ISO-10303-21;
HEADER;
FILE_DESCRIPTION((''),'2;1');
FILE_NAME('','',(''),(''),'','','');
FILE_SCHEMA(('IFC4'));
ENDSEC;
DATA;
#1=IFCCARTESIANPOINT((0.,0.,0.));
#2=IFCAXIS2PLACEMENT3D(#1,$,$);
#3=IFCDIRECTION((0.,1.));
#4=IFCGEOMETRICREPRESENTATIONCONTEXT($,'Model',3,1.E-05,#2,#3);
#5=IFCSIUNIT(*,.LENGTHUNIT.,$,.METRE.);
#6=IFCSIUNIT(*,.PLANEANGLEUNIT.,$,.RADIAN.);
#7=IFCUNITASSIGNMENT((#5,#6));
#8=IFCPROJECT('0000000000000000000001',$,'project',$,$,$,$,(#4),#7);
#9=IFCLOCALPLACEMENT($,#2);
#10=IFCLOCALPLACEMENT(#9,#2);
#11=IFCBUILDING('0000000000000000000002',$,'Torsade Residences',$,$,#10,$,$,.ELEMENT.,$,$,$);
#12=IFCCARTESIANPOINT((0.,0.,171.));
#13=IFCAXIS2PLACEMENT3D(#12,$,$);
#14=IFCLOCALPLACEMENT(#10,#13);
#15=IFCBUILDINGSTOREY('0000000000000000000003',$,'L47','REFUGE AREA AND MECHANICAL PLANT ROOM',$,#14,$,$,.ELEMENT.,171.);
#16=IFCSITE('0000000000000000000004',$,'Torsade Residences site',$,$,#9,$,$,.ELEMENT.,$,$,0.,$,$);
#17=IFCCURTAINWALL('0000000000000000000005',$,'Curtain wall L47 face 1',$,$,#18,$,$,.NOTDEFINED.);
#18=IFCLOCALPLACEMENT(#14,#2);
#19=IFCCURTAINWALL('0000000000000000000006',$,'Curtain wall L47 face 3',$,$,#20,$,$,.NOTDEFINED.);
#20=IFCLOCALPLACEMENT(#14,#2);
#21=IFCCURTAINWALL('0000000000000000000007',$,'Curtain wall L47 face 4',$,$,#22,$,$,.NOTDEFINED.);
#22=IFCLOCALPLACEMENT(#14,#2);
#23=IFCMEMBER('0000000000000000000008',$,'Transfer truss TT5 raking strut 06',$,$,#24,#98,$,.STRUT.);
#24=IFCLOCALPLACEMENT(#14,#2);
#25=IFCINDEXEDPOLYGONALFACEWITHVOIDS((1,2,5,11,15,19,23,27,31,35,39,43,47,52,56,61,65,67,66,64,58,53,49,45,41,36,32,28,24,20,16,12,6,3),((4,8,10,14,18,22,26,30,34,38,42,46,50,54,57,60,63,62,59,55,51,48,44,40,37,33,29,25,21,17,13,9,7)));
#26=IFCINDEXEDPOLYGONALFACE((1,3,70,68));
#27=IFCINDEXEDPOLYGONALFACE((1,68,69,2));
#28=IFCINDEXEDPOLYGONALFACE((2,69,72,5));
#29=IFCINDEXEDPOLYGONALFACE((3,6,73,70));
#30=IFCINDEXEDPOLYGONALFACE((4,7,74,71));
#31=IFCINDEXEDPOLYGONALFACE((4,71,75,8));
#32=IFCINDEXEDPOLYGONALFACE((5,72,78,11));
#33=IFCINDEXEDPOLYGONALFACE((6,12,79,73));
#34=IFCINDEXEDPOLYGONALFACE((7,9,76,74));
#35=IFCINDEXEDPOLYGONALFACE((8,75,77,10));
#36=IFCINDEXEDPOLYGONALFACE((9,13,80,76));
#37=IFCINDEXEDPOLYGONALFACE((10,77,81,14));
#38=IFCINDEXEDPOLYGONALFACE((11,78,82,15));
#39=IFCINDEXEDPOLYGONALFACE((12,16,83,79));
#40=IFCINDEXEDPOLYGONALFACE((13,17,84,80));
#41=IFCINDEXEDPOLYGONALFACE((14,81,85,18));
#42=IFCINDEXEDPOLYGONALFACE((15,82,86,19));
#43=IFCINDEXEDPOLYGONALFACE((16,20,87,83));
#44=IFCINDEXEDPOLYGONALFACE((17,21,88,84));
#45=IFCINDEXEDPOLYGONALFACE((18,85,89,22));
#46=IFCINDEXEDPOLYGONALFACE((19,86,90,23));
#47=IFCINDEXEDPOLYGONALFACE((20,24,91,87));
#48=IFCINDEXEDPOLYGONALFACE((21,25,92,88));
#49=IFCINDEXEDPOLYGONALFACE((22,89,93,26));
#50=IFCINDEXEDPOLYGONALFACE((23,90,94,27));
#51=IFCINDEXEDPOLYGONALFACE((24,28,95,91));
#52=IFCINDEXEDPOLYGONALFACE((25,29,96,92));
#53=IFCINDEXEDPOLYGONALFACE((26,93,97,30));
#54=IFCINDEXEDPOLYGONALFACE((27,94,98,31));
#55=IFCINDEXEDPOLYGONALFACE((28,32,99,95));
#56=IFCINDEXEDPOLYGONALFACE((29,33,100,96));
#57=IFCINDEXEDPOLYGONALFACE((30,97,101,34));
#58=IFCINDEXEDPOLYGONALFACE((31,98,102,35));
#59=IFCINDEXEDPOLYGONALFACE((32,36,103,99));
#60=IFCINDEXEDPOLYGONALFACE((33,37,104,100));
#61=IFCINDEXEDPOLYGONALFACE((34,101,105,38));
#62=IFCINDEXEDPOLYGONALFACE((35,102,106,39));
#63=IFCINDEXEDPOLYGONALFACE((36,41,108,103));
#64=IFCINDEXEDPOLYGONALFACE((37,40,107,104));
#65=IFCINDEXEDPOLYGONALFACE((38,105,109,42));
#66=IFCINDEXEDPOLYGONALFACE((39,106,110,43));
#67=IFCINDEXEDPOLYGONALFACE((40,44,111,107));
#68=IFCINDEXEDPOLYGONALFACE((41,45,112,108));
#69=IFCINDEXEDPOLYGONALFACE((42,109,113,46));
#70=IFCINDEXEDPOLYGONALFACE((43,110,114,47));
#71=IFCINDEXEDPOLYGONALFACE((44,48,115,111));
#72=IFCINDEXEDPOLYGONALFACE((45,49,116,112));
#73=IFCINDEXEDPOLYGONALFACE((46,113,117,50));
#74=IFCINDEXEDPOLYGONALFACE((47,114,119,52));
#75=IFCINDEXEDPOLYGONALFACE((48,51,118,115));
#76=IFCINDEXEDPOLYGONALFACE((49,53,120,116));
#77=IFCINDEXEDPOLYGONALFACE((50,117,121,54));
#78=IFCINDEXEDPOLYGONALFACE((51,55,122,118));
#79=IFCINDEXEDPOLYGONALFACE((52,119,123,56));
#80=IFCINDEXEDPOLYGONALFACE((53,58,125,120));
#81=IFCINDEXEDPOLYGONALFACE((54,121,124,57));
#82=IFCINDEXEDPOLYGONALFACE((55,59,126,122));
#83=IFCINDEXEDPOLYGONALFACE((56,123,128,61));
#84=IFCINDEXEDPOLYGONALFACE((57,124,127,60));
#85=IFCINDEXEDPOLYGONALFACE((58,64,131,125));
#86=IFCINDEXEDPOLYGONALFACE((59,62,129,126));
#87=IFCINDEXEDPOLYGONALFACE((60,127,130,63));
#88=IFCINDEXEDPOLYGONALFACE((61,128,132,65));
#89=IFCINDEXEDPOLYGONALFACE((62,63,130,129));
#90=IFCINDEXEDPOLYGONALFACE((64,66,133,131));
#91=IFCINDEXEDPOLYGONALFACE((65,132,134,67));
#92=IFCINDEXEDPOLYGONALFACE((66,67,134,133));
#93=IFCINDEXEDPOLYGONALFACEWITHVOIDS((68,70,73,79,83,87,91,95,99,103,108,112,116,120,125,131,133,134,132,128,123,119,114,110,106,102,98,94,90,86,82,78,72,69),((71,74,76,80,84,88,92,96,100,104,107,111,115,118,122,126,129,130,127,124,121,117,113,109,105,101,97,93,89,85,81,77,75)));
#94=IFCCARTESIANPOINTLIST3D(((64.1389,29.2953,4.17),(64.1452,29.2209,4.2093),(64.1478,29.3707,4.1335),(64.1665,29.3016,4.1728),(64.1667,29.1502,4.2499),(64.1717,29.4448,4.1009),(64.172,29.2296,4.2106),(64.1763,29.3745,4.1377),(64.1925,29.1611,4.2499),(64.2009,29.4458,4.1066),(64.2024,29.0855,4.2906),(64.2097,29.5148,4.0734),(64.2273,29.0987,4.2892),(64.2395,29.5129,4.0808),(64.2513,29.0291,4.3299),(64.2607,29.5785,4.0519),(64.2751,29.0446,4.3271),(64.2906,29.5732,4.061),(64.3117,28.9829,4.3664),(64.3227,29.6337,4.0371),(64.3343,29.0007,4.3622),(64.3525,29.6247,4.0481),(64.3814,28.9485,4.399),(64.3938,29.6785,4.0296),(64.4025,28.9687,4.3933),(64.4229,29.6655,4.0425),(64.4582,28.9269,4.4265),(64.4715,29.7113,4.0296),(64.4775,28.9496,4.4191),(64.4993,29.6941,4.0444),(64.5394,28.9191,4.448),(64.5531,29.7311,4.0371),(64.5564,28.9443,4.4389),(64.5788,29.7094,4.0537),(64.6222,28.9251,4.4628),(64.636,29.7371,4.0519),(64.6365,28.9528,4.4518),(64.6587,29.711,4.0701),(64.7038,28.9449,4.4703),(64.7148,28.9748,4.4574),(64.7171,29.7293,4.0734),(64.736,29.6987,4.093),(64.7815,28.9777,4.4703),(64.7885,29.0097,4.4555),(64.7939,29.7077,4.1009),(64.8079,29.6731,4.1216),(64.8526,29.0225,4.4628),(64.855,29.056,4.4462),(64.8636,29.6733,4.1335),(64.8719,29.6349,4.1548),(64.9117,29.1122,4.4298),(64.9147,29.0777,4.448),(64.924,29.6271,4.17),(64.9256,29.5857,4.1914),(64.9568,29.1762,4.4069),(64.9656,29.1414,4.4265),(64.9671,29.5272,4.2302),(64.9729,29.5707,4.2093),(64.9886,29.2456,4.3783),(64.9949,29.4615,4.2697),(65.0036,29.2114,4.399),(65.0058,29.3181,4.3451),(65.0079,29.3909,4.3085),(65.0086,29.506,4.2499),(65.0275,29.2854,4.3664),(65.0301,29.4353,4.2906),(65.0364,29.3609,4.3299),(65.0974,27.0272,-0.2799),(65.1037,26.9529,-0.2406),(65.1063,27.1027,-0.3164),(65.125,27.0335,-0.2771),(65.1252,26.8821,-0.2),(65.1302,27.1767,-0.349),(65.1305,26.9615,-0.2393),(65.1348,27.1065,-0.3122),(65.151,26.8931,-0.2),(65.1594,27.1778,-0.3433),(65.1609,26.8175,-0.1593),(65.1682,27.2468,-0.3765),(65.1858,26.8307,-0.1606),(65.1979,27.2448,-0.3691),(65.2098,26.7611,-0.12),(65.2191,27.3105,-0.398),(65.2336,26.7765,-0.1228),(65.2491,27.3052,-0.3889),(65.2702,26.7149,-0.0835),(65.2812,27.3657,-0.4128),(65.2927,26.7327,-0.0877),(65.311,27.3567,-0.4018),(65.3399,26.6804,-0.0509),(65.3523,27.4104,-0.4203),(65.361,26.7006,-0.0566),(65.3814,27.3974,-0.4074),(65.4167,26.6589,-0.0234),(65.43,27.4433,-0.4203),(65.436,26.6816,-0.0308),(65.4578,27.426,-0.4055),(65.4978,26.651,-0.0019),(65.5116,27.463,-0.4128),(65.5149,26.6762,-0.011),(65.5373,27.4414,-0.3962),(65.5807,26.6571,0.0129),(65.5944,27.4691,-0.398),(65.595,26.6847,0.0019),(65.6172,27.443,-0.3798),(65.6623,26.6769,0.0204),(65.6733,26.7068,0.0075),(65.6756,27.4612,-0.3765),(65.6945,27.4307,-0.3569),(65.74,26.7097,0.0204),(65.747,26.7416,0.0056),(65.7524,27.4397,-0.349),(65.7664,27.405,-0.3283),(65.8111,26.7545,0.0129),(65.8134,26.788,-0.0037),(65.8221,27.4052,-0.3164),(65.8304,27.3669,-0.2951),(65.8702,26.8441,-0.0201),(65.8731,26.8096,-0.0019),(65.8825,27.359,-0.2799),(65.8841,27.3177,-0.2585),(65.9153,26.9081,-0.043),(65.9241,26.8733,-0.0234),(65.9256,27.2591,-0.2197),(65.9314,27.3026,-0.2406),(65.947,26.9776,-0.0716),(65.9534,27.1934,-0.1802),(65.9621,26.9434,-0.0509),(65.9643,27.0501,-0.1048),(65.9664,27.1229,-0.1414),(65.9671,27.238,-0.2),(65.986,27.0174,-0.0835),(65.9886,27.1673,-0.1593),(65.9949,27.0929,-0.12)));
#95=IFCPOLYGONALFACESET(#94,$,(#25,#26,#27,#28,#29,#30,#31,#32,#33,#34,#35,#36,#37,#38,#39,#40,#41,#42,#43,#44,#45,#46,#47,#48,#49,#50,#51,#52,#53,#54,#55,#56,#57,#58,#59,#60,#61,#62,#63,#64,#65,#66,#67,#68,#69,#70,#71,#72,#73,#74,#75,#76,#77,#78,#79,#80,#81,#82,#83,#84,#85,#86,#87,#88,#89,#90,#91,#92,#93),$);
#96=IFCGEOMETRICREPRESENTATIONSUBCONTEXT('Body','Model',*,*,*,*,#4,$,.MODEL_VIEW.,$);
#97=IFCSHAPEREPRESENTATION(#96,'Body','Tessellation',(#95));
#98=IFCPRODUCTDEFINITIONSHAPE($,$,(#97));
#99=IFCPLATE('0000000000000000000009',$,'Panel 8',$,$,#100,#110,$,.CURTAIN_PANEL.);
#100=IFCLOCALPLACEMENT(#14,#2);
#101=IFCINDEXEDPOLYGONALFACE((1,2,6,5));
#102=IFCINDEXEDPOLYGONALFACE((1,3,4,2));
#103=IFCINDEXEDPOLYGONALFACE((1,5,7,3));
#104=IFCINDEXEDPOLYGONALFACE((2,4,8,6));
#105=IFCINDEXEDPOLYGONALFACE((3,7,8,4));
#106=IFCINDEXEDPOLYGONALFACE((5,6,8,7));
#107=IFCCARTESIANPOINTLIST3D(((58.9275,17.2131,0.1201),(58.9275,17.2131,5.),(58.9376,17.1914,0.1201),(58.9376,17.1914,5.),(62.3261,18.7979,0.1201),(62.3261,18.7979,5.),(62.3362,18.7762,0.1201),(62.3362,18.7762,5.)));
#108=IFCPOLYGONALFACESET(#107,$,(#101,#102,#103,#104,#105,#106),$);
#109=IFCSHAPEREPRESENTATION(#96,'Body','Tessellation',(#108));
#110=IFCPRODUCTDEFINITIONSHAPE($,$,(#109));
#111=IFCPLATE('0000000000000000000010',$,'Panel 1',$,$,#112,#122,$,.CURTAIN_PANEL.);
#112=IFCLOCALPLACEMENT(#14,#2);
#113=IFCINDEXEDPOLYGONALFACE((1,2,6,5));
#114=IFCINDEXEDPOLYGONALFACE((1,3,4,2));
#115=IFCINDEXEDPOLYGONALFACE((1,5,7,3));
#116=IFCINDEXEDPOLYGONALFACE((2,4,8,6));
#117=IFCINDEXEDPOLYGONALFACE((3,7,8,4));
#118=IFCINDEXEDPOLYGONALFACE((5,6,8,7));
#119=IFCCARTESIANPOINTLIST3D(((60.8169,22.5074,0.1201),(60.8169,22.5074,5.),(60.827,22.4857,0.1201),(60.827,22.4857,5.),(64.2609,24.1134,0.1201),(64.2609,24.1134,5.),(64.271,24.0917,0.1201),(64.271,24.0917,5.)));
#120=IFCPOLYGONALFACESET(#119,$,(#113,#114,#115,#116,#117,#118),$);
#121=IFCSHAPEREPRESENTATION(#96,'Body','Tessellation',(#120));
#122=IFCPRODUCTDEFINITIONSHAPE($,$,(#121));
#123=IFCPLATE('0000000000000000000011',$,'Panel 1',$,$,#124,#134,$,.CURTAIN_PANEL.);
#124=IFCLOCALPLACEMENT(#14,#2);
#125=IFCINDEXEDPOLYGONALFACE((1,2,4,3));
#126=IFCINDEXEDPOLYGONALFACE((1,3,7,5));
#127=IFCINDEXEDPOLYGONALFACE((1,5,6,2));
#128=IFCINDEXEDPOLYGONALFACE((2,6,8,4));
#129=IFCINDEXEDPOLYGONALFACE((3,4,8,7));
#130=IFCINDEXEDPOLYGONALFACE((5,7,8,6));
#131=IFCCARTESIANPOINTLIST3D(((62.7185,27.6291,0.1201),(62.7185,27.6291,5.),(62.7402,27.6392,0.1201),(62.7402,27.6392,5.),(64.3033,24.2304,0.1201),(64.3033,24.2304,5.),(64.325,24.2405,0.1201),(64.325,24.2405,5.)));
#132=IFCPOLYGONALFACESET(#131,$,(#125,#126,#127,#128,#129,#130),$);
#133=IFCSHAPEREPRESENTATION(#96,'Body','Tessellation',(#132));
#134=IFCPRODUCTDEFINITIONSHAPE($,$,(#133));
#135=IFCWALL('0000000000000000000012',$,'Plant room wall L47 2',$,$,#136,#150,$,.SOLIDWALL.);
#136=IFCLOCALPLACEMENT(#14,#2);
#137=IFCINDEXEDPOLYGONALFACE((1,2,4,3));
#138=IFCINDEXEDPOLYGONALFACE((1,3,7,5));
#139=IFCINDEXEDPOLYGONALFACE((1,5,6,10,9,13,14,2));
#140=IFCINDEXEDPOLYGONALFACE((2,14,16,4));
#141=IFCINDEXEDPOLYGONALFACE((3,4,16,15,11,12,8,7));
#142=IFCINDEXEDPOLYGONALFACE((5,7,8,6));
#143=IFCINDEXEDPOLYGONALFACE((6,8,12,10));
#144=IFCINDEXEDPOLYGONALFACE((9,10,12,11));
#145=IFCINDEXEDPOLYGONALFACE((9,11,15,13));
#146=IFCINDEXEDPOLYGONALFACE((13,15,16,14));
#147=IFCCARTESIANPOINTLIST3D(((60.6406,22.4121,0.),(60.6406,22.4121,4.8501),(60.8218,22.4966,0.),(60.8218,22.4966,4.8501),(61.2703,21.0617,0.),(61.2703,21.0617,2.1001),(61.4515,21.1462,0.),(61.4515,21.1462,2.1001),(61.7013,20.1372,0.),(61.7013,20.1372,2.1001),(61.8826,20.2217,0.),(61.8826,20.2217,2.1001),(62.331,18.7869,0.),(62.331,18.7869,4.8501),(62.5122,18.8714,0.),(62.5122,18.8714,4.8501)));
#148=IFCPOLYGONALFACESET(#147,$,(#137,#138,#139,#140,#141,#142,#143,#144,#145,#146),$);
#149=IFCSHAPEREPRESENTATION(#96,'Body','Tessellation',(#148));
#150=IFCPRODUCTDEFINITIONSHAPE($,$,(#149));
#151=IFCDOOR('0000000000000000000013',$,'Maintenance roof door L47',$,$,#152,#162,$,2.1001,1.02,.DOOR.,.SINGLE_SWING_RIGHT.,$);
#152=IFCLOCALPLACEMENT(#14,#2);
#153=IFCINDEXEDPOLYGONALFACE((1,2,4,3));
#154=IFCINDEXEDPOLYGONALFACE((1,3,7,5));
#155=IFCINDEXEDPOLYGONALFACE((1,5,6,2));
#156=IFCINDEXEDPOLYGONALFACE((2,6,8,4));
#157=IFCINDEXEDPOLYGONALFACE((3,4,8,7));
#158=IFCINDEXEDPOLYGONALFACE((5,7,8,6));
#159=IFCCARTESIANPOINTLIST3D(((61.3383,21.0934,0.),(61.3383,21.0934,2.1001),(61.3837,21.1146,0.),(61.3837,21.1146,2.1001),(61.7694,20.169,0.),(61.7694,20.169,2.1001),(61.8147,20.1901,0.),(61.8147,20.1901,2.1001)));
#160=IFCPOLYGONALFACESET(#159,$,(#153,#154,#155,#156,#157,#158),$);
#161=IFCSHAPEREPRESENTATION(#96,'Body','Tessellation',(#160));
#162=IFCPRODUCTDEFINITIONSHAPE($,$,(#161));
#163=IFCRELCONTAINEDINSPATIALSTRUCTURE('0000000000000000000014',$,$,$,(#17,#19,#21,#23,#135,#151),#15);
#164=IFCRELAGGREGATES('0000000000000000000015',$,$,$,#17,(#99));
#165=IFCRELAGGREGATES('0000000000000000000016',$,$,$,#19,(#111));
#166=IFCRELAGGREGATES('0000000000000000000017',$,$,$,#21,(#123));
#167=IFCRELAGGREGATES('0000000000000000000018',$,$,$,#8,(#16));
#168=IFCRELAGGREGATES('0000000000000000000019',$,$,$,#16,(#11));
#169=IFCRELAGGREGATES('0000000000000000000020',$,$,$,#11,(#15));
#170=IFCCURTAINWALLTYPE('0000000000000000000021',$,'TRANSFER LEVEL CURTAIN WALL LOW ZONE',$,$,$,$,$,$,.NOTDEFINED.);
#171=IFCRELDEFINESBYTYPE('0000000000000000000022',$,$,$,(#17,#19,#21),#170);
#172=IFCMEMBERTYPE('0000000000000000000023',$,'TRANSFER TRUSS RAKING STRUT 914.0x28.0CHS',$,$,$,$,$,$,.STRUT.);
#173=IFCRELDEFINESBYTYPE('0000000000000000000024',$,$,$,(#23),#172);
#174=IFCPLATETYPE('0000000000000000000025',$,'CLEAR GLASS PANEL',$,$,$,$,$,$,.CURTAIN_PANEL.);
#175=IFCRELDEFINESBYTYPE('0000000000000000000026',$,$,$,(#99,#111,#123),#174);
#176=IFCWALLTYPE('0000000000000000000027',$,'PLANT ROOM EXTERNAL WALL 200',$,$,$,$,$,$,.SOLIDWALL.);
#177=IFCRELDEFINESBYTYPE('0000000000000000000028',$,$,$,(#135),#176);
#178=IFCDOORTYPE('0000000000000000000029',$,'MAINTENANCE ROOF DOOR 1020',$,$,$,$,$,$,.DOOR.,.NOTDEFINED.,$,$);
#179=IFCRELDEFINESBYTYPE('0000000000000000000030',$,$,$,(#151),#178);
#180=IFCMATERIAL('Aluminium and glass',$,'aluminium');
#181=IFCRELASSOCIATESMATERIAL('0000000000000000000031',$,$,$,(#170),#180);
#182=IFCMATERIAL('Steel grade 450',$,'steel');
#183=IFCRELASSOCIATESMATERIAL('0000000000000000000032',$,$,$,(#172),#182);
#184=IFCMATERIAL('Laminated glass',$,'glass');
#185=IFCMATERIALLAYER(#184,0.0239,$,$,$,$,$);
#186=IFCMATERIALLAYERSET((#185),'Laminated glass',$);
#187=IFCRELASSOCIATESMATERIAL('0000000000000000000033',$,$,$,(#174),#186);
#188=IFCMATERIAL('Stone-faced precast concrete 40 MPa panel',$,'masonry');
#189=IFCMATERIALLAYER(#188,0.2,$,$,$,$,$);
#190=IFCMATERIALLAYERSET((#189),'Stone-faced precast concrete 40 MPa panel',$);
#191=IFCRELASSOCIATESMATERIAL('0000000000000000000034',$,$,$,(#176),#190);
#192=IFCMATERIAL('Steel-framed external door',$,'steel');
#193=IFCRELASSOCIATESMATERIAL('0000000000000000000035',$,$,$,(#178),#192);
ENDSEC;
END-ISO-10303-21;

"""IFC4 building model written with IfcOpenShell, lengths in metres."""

from ifc_helpers import new_model, si_unit, direction, frame, frame_2d, origin, origin_2d, place, context, subcontext, project, spatial, rectangle, hollow_circle, extrude, material, layer, layer_set, material_profile, profile_set, type_object, element, fill, aggregate, save


model = new_model("IFC4")

# Units and contexts
model_context = context("Model", 3, precision=1e-05, world=origin(), true_north=direction((0.0, 1.0)))
body_context = subcontext(model_context, "Body", "Model", "MODEL_VIEW")
ifc_project = project(units=[si_unit("LENGTHUNIT", "METRE"), si_unit("PLANEANGLEUNIT", "RADIAN")], contexts=[model_context])

# Site, building, storey
site_placement = place(None, origin())
site = spatial("IfcSite", under=ifc_project, at=site_placement, Name="Torsade Residences site", CompositionType="ELEMENT", RefElevation=0.0)
building_placement = place(site_placement, origin())
building = spatial("IfcBuilding", under=site, at=building_placement, Name="Torsade Residences", CompositionType="ELEMENT")
storey_placement = place(building_placement, frame((0.0, 0.0, 171.0)))
storey = spatial("IfcBuildingStorey", under=building, at=storey_placement, Name="L47", Description="REFUGE AREA AND MECHANICAL PLANT ROOM", CompositionType="ELEMENT", Elevation=171.0)

# Curtain wall
ifc_material_1 = material(Name="Aluminium and glass", Category="aluminium")
curtain_wall_type = type_object("IfcCurtainWallType", Name="TRANSFER LEVEL CURTAIN WALL LOW ZONE", PredefinedType="NOTDEFINED", material=ifc_material_1)
curtain_wall_1_placement = place(storey_placement, origin())
curtain_wall_1 = element("IfcCurtainWall", 1, at=curtain_wall_1_placement, inside=storey, type_object=curtain_wall_type, Name="Curtain wall L47 face 1", PredefinedType="NOTDEFINED")

# Curtain walls
curtain_wall_2_placement = place(storey_placement, origin())
curtain_wall_2 = element("IfcCurtainWall", 2, at=curtain_wall_2_placement, inside=storey, type_object=curtain_wall_type, Name="Curtain wall L47 face 3", PredefinedType="NOTDEFINED")
curtain_wall_3_placement = place(storey_placement, origin())
curtain_wall_3 = element("IfcCurtainWall", 3, at=curtain_wall_3_placement, inside=storey, type_object=curtain_wall_type, Name="Curtain wall L47 face 4", PredefinedType="NOTDEFINED")

# Member
ifc_material_2 = material(Name="Steel grade 450", Category="steel")
ifc_material_profile_1 = material_profile(ifc_material_2, hollow_circle(Radius=0.457, WallThickness=0.0281, at=origin_2d()), Name="914.0x28.0CHS")
ifc_profile_set_1 = profile_set([ifc_material_profile_1], Name="Steel grade 450")
member_type_1 = type_object("IfcMemberType", Name="TRANSFER TRUSS RAKING STRUT 914.0x28.0CHS", PredefinedType="STRUT", material=ifc_profile_set_1)
member_1_placement = place(storey_placement, frame((65.5461, 27.0601, -0.2), z_axis=(-0.188467, 0.445965, 0.874983), x_axis=(-0.921123, -0.389271, 0.0)))
element("IfcMember", 4, at=member_1_placement, inside=storey, type_object=member_type_1, Name="Transfer truss TT5 raking strut 06", PredefinedType="STRUT", context=body_context, shape_type="SweptSolid", body=[
    extrude(hollow_circle(Radius=0.457, WallThickness=0.0281, at=origin_2d()), origin(), (0.0, 0.0, 1.0), 5.0857),
])

# Plates
ifc_material_3 = material(Name="Laminated glass", Category="glass")
ifc_layer_1 = layer(ifc_material_3, 0.0239)
ifc_layer_set_1 = layer_set([ifc_layer_1], Name="Laminated glass")
plate_type = type_object("IfcPlateType", Name="CLEAR GLASS PANEL", PredefinedType="CURTAIN_PANEL", material=ifc_layer_set_1)
plate_1_placement = place(storey_placement, frame((60.6318, 17.9946, 0.1201), z_axis=(0.0, 0.0, 1.0), x_axis=(0.906308, 0.422618, 0.0)))
plate_1 = element("IfcPlate", 5, at=plate_1_placement, type_object=plate_type, Name="Panel 8", PredefinedType="CURTAIN_PANEL", context=body_context, shape_type="SweptSolid", body=[
    extrude(rectangle(XDim=3.75, YDim=0.0239, at=origin_2d()), origin(), (0.0, 0.0, 1.0), 4.8799),
])
aggregate(curtain_wall_1, [plate_1])
plate_2_placement = place(storey_placement, frame((62.5439, 23.2996, 0.1201), z_axis=(0.0, 0.0, 1.0), x_axis=(0.906308, 0.422618, 0.0)))
plate_2 = element("IfcPlate", 6, at=plate_2_placement, type_object=plate_type, Name="Panel 1", PredefinedType="CURTAIN_PANEL", context=body_context, shape_type="SweptSolid", body=[
    extrude(rectangle(XDim=3.8, YDim=0.0239, at=origin_2d()), origin(), (0.0, 0.0, 1.0), 4.8799),
])
aggregate(curtain_wall_2, [plate_2])
plate_3_placement = place(storey_placement, frame((63.5217, 25.9348, 0.1201), z_axis=(0.0, 0.0, 1.0), x_axis=(-0.422618, 0.906308, 0.0)))
plate_3 = element("IfcPlate", 7, at=plate_3_placement, type_object=plate_type, Name="Panel 1", PredefinedType="CURTAIN_PANEL", context=body_context, shape_type="SweptSolid", body=[
    extrude(rectangle(XDim=3.75, YDim=0.0239, at=origin_2d()), origin(), (0.0, 0.0, 1.0), 4.8799),
])
aggregate(curtain_wall_3, [plate_3])

# Wall, opening, door
ifc_material_4 = material(Name="Stone-faced precast concrete 40 MPa panel", Category="masonry")
ifc_layer_2 = layer(ifc_material_4, 0.2)
ifc_layer_set_2 = layer_set([ifc_layer_2], Name="Stone-faced precast concrete 40 MPa panel")
wall_type = type_object("IfcWallType", Name="PLANT ROOM EXTERNAL WALL 200", PredefinedType="SOLIDWALL", material=ifc_layer_set_2)
wall_placement = place(storey_placement, frame((62.4216, 18.8291, 0.0), z_axis=(0.0, 0.0, 1.0), x_axis=(-0.422608, 0.906313, 0.0)))
wall = element("IfcWall", 8, at=wall_placement, inside=storey, type_object=wall_type, Name="Plant room wall L47 2", PredefinedType="SOLIDWALL", context=body_context, shape_type="SweptSolid", body=[
    extrude(rectangle(XDim=4.0, YDim=0.2, at=frame_2d((2.0, 0.0))), origin(), (0.0, 0.0, 1.0), 4.8501),
])
opening_placement = place(wall_placement, frame((1.49, 0.0, 0.0)))
opening = element("IfcOpeningElement", 9, at=opening_placement, cuts=wall, PredefinedType="OPENING", context=body_context, shape_type="SweptSolid", body=[
    extrude(rectangle(XDim=1.02, YDim=2.1001, at=frame_2d((0.51, 1.05))), frame((0.0, 0.1099, 0.0), z_axis=(0.0, -1.0, 0.0), x_axis=(1.0, 0.0, 0.0)), (0.0, 0.0, 1.0), 0.22),
])
ifc_material_5 = material(Name="Steel-framed external door", Category="steel")
door_type = type_object("IfcDoorType", Name="MAINTENANCE ROOF DOOR 1020", OperationType="NOTDEFINED", PredefinedType="DOOR", material=ifc_material_5)
door_placement = place(opening_placement, origin())
door = element("IfcDoor", 10, at=door_placement, inside=storey, type_object=door_type, Name="Maintenance roof door L47", OperationType="SINGLE_SWING_RIGHT", OverallHeight=2.1001, OverallWidth=1.02, PredefinedType="DOOR", context=body_context, shape_type="SweptSolid", body=[
    extrude(rectangle(XDim=1.02, YDim=2.1001, at=frame_2d((0.51, 1.05))), frame((0.0, 0.0249, 0.0), z_axis=(0.0, -1.0, 0.0), x_axis=(1.0, 0.0, 0.0)), (0.0, 0.0, 1.0), 0.05),
])
fill(opening, door)

save(model, "model.ifc")
